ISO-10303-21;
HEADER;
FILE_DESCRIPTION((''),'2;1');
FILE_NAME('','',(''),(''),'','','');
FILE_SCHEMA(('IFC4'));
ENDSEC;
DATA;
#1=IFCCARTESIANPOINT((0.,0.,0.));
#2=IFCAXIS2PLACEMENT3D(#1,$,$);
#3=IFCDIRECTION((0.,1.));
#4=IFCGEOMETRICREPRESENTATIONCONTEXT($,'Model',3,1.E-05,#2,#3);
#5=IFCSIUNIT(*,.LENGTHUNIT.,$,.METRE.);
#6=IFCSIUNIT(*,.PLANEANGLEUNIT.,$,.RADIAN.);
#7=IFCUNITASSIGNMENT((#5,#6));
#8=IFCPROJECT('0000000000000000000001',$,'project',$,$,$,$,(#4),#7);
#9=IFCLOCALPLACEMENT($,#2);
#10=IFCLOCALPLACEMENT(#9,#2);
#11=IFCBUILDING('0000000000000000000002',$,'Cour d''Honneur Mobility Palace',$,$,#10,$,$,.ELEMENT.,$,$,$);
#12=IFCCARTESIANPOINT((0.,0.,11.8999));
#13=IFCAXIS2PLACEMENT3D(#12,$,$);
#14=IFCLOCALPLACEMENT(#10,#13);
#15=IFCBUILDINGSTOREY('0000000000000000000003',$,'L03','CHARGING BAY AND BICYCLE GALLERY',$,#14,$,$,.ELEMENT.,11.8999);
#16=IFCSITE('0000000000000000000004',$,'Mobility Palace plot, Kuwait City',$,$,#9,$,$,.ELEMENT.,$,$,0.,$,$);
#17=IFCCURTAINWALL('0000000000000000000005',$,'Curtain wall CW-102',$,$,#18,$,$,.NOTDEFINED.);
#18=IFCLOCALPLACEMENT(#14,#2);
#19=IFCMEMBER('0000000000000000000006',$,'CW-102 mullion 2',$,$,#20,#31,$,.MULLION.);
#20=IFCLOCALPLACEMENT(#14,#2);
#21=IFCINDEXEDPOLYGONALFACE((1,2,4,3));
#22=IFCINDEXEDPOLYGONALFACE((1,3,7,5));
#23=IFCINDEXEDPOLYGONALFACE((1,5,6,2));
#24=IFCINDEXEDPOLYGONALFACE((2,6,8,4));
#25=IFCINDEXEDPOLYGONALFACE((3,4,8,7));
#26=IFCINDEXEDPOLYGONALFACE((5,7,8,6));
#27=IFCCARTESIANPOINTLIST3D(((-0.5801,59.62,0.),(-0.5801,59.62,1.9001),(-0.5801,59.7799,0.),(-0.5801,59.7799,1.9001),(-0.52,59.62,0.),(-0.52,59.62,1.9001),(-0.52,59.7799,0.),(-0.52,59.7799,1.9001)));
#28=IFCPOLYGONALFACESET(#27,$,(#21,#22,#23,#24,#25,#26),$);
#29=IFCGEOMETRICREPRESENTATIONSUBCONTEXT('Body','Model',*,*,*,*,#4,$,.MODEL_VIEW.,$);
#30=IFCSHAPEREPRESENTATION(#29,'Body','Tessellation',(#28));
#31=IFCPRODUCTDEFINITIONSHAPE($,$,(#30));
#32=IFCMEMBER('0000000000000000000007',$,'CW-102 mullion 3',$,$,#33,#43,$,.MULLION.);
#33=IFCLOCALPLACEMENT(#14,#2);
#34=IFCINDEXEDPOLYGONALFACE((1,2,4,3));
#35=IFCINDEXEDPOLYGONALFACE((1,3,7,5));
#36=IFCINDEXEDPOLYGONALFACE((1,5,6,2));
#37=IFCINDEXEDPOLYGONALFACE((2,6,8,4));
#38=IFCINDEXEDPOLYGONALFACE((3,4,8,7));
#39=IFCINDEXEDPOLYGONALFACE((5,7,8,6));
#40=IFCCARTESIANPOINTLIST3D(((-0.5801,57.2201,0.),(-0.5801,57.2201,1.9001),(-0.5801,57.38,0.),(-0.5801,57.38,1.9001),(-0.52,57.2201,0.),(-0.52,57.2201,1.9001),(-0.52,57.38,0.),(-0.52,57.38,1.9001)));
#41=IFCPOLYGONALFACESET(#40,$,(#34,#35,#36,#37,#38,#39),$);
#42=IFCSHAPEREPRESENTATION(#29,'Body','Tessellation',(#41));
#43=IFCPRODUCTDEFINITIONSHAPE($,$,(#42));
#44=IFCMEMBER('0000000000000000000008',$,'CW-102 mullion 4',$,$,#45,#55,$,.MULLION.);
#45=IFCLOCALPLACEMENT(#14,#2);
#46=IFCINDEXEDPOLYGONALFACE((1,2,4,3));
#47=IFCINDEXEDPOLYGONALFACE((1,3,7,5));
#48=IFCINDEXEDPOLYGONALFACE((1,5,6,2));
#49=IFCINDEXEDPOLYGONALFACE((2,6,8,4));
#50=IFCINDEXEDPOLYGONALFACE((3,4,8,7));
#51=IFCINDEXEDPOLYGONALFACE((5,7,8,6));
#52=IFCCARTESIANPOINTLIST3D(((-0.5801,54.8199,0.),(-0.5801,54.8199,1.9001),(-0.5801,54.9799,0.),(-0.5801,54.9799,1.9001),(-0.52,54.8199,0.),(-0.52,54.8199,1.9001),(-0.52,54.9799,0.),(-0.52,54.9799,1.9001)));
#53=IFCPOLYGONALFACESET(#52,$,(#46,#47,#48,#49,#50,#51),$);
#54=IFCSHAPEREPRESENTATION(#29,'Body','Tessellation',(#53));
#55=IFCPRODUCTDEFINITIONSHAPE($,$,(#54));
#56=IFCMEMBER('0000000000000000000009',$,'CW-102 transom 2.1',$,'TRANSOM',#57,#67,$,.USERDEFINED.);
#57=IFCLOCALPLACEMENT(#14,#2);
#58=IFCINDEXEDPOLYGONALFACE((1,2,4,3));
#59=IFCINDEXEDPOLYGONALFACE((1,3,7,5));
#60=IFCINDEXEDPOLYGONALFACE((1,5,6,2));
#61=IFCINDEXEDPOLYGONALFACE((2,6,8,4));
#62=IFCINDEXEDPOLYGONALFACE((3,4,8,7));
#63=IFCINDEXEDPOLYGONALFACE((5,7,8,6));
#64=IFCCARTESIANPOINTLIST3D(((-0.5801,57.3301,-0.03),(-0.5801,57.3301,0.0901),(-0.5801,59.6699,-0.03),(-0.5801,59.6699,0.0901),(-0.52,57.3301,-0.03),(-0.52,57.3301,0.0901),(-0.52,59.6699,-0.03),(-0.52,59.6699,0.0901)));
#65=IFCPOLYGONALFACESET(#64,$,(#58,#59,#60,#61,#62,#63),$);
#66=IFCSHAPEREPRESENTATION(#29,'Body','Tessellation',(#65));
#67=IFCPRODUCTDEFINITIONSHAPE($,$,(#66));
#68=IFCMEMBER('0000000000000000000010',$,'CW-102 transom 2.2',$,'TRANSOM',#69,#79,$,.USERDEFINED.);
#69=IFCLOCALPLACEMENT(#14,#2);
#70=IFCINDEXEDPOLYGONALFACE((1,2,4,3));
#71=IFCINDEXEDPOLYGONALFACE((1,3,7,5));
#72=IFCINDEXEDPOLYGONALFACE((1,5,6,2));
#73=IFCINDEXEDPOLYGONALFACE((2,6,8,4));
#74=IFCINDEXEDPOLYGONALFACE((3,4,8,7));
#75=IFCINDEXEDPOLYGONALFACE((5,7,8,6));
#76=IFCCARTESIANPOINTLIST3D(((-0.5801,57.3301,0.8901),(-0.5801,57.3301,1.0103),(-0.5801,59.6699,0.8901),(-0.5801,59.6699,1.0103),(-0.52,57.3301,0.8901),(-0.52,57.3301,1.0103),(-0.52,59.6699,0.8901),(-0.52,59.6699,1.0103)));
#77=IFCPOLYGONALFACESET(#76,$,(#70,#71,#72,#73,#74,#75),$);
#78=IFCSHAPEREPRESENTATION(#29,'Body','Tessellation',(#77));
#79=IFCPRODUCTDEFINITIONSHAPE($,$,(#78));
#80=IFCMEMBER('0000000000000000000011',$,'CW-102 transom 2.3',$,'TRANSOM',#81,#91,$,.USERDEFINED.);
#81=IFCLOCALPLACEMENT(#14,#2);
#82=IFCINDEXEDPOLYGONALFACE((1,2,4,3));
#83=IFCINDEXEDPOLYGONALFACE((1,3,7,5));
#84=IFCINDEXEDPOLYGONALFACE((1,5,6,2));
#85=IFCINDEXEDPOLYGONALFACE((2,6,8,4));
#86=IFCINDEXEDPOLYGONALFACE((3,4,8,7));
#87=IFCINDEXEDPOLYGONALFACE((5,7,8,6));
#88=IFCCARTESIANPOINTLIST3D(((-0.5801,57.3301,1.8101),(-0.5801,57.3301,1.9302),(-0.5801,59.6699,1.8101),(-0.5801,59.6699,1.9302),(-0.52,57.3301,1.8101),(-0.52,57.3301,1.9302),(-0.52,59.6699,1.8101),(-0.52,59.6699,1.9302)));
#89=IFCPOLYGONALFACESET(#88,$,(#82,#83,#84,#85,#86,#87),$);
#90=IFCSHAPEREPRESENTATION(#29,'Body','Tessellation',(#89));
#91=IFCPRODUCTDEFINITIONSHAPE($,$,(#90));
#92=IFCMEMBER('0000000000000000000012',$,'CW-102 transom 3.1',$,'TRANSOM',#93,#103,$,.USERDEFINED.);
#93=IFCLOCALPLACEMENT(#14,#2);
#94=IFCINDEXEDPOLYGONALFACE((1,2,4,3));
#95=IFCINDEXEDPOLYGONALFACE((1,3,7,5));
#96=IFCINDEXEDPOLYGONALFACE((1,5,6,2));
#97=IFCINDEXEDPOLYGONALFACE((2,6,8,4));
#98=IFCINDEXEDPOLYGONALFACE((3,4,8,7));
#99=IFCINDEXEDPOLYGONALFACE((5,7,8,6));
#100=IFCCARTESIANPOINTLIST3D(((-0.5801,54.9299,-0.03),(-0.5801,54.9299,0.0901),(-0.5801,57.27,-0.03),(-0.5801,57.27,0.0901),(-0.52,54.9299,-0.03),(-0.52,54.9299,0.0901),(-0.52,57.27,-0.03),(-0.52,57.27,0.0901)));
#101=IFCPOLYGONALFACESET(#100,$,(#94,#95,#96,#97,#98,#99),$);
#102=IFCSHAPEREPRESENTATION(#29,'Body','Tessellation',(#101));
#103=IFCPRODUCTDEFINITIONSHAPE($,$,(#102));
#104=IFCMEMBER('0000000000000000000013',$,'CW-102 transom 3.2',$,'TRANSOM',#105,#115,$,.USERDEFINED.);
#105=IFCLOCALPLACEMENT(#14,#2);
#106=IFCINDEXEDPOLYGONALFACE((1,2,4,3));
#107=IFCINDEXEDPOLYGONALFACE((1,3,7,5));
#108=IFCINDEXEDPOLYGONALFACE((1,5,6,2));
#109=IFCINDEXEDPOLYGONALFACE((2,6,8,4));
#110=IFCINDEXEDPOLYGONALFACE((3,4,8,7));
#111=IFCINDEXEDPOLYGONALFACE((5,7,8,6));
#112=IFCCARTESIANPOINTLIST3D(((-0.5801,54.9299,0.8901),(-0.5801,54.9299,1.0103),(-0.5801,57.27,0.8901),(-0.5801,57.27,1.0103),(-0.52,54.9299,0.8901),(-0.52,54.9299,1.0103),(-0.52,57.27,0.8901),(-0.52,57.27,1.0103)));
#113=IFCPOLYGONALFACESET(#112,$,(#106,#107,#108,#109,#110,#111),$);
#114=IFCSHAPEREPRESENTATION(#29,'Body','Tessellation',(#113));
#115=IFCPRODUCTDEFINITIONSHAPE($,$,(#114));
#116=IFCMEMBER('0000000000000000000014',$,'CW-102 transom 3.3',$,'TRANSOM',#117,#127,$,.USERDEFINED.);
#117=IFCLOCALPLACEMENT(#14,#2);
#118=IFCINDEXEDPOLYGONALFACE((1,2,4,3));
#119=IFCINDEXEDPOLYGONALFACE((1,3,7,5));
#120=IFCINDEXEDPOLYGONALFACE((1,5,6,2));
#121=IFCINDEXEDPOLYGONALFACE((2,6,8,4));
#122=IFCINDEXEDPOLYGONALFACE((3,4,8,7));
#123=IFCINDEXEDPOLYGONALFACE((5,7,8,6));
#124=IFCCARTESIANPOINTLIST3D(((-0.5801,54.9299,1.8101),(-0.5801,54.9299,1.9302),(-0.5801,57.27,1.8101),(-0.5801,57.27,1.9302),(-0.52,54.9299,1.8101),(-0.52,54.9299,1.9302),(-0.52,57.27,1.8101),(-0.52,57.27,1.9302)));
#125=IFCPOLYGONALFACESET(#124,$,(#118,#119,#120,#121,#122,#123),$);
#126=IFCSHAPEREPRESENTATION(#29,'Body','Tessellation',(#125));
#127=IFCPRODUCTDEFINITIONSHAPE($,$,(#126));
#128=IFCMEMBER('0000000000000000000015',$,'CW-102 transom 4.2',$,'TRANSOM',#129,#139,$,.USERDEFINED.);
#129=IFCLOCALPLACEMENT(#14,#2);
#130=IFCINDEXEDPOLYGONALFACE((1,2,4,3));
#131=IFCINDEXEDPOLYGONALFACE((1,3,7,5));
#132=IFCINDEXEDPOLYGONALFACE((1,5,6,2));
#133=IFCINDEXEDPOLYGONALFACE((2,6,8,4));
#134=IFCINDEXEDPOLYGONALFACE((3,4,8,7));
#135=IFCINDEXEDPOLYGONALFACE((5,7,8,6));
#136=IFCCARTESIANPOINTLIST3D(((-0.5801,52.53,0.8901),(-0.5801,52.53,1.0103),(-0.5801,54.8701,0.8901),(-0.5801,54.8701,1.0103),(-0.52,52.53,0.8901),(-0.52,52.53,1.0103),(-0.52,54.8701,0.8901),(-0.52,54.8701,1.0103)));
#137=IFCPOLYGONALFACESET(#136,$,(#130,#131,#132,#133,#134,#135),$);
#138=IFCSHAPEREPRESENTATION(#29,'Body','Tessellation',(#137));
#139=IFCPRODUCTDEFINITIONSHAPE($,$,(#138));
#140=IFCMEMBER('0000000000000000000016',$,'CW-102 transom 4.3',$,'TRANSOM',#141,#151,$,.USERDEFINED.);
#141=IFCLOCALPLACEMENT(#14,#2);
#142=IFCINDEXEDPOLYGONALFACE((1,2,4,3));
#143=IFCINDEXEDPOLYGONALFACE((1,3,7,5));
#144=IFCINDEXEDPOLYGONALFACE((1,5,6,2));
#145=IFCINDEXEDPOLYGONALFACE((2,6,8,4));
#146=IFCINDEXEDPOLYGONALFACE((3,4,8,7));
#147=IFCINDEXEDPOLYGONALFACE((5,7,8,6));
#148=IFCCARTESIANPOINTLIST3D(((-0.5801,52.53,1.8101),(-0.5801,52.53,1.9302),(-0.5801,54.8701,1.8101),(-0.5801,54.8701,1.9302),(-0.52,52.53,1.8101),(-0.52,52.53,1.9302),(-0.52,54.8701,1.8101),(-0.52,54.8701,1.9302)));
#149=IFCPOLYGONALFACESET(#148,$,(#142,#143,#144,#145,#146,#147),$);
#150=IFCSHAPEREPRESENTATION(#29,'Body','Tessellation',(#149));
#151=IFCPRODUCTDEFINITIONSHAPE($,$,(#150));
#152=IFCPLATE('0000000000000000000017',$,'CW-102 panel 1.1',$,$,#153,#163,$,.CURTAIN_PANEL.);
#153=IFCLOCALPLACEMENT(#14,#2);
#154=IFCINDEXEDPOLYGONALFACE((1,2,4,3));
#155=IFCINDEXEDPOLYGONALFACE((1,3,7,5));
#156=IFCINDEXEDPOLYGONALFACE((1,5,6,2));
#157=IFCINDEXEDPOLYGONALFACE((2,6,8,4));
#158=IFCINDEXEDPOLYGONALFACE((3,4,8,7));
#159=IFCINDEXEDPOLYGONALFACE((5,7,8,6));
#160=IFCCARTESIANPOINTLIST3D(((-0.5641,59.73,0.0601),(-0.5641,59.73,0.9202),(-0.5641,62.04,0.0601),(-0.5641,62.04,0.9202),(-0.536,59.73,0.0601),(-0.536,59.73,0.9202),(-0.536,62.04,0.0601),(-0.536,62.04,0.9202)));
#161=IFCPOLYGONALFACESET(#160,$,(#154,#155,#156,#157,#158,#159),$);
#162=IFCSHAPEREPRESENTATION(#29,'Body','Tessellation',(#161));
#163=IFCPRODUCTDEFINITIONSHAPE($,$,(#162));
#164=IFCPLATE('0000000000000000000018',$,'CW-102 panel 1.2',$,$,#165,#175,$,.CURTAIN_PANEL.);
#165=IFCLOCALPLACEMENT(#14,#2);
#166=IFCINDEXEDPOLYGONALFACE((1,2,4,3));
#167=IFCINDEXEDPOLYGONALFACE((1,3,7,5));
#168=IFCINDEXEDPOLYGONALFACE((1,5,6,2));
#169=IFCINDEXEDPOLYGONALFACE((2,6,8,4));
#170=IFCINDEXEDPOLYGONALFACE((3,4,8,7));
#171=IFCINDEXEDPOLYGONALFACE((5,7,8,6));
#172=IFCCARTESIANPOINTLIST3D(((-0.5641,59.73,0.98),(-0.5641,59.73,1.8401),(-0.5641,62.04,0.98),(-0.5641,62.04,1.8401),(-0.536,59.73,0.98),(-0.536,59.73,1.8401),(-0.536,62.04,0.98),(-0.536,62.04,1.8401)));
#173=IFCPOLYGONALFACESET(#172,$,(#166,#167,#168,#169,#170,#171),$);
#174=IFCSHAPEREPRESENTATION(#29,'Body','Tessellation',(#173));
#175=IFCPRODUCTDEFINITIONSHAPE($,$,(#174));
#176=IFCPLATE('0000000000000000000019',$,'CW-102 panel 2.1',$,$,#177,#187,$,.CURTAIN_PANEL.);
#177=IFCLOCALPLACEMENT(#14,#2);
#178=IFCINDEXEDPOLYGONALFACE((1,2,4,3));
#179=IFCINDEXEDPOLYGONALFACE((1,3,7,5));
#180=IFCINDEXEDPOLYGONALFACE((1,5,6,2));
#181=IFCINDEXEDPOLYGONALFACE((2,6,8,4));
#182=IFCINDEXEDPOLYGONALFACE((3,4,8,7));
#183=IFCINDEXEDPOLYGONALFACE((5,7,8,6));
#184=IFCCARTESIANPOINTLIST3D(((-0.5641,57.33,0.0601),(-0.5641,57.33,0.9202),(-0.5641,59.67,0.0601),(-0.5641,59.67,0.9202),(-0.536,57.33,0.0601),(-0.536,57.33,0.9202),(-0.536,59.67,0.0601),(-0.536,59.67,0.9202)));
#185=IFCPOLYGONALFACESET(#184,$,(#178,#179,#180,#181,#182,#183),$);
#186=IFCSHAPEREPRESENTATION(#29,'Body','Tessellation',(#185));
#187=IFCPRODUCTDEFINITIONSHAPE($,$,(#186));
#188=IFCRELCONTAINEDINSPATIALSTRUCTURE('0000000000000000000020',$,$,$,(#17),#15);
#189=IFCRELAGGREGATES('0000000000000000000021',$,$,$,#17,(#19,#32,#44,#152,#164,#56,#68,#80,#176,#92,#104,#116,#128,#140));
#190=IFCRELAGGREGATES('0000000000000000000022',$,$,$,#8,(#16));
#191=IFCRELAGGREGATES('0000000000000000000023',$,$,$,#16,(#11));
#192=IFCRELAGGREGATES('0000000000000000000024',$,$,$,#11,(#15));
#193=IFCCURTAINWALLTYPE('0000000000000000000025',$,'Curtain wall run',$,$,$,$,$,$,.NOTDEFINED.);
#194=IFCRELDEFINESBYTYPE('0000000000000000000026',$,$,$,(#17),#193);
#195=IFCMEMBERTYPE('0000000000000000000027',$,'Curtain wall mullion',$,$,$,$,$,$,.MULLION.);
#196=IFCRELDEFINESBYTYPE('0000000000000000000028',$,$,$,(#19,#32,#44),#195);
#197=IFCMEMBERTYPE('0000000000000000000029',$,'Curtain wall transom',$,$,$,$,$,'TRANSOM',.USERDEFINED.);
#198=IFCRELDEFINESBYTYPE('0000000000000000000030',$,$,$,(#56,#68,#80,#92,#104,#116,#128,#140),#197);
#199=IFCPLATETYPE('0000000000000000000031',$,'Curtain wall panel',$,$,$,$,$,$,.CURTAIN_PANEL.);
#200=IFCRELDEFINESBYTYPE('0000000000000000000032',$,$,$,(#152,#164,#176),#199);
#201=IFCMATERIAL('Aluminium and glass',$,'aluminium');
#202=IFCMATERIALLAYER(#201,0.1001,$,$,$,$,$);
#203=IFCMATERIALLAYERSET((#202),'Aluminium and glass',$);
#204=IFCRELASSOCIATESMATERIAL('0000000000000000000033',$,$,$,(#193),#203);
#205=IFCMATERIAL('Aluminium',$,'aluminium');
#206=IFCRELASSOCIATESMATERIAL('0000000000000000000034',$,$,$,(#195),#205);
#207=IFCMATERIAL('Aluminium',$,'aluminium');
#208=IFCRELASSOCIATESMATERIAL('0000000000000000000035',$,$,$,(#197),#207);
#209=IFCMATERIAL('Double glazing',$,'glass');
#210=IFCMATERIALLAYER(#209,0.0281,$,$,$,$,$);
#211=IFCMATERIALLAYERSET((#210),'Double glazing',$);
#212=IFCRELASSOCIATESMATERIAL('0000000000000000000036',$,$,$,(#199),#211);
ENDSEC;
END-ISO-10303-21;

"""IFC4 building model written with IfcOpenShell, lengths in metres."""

from ifc_helpers import new_model, si_unit, direction, frame, origin, origin_2d, place, context, subcontext, project, spatial, rectangle, extrude, material, layer, layer_set, material_profile, profile_set, type_object, element, aggregate, save


model = new_model("IFC4")

# Units and contexts
model_context = context("Model", 3, precision=1e-05, world=origin(), true_north=direction((0.0, 1.0)))
body_context = subcontext(model_context, "Body", "Model", "MODEL_VIEW")
ifc_project = project(units=[si_unit("LENGTHUNIT", "METRE"), si_unit("PLANEANGLEUNIT", "RADIAN")], contexts=[model_context])

# Site, building, storey
site_placement = place(None, origin())
site = spatial("IfcSite", under=ifc_project, at=site_placement, Name="Mobility Palace plot, Kuwait City", CompositionType="ELEMENT", RefElevation=0.0)
building_placement = place(site_placement, origin())
building = spatial("IfcBuilding", under=site, at=building_placement, Name="Cour d'Honneur Mobility Palace", CompositionType="ELEMENT")
storey_placement = place(building_placement, frame((0.0, 0.0, 11.8999)))
storey = spatial("IfcBuildingStorey", under=building, at=storey_placement, Name="L03", Description="CHARGING BAY AND BICYCLE GALLERY", CompositionType="ELEMENT", Elevation=11.8999)

# Curtain wall, members, plates
ifc_material_1 = material(Name="Aluminium and glass", Category="aluminium")
ifc_layer_1 = layer(ifc_material_1, 0.1001)
ifc_layer_set_1 = layer_set([ifc_layer_1], Name="Aluminium and glass")
curtain_wall_type = type_object("IfcCurtainWallType", Name="Curtain wall run", PredefinedType="NOTDEFINED", material=ifc_layer_set_1)
curtain_wall_placement = place(storey_placement, origin())
curtain_wall = element("IfcCurtainWall", 1, at=curtain_wall_placement, inside=storey, type_object=curtain_wall_type, Name="Curtain wall CW-102", PredefinedType="NOTDEFINED")
ifc_material_2 = material(Name="Aluminium", Category="aluminium")
ifc_material_profile_1 = material_profile(ifc_material_2, rectangle(XDim=0.0601, YDim=0.1599, at=origin_2d()), Name="Curtain wall mullion")
ifc_profile_set_1 = profile_set([ifc_material_profile_1], Name="Aluminium")
member_type_1 = type_object("IfcMemberType", Name="Curtain wall mullion", PredefinedType="MULLION", material=ifc_profile_set_1)
member_1_placement = place(storey_placement, frame((-0.55, 59.7, 0.0), z_axis=(0.0, 0.0, 1.0), x_axis=(1.0, 0.0, 0.0)))
member_1 = element("IfcMember", 2, at=member_1_placement, type_object=member_type_1, Name="CW-102 mullion 2", PredefinedType="MULLION", context=body_context, shape_type="SweptSolid", body=[
    extrude(rectangle(XDim=0.0601, YDim=0.1599, at=origin_2d()), origin(), (0.0, 0.0, 1.0), 1.9001),
])
member_2_placement = place(storey_placement, frame((-0.55, 57.3, 0.0), z_axis=(0.0, 0.0, 1.0), x_axis=(1.0, 0.0, 0.0)))
member_2 = element("IfcMember", 3, at=member_2_placement, type_object=member_type_1, Name="CW-102 mullion 3", PredefinedType="MULLION", context=body_context, shape_type="SweptSolid", body=[
    extrude(rectangle(XDim=0.0601, YDim=0.1599, at=origin_2d()), origin(), (0.0, 0.0, 1.0), 1.9001),
])
member_3_placement = place(storey_placement, frame((-0.55, 54.8999, 0.0), z_axis=(0.0, 0.0, 1.0), x_axis=(1.0, 0.0, 0.0)))
member_3 = element("IfcMember", 4, at=member_3_placement, type_object=member_type_1, Name="CW-102 mullion 4", PredefinedType="MULLION", context=body_context, shape_type="SweptSolid", body=[
    extrude(rectangle(XDim=0.0601, YDim=0.1599, at=origin_2d()), origin(), (0.0, 0.0, 1.0), 1.9001),
])
ifc_material_3 = material(Name="Aluminium", Category="aluminium")
ifc_material_profile_2 = material_profile(ifc_material_3, rectangle(XDim=0.0601, YDim=0.1201, at=origin_2d()), Name="Curtain wall transom")
ifc_profile_set_2 = profile_set([ifc_material_profile_2], Name="Aluminium")
member_type_2 = type_object("IfcMemberType", Name="Curtain wall transom", ElementType="TRANSOM", PredefinedType="USERDEFINED", material=ifc_profile_set_2)
member_4_placement = place(storey_placement, frame((-0.55, 59.6699, 0.03), z_axis=(0.0, -1.0, 0.0), x_axis=(1.0, 0.0, 0.0)))
member_4 = element("IfcMember", 5, at=member_4_placement, type_object=member_type_2, Name="CW-102 transom 2.1", ObjectType="TRANSOM", PredefinedType="USERDEFINED", context=body_context, shape_type="SweptSolid", body=[
    extrude(rectangle(XDim=0.0601, YDim=0.1201, at=origin_2d()), origin(), (0.0, 0.0, 1.0), 2.3398),
])
member_5_placement = place(storey_placement, frame((-0.55, 59.6699, 0.9502), z_axis=(0.0, -1.0, 0.0), x_axis=(1.0, 0.0, 0.0)))
member_5 = element("IfcMember", 6, at=member_5_placement, type_object=member_type_2, Name="CW-102 transom 2.2", ObjectType="TRANSOM", PredefinedType="USERDEFINED", context=body_context, shape_type="SweptSolid", body=[
    extrude(rectangle(XDim=0.0601, YDim=0.1201, at=origin_2d()), origin(), (0.0, 0.0, 1.0), 2.3398),
])
member_6_placement = place(storey_placement, frame((-0.55, 59.6699, 1.8701), z_axis=(0.0, -1.0, 0.0), x_axis=(1.0, 0.0, 0.0)))
member_6 = element("IfcMember", 7, at=member_6_placement, type_object=member_type_2, Name="CW-102 transom 2.3", ObjectType="TRANSOM", PredefinedType="USERDEFINED", context=body_context, shape_type="SweptSolid", body=[
    extrude(rectangle(XDim=0.0601, YDim=0.1201, at=origin_2d()), origin(), (0.0, 0.0, 1.0), 2.3398),
])
member_7_placement = place(storey_placement, frame((-0.55, 57.27, 0.03), z_axis=(0.0, -1.0, 0.0), x_axis=(1.0, 0.0, 0.0)))
member_7 = element("IfcMember", 8, at=member_7_placement, type_object=member_type_2, Name="CW-102 transom 3.1", ObjectType="TRANSOM", PredefinedType="USERDEFINED", context=body_context, shape_type="SweptSolid", body=[
    extrude(rectangle(XDim=0.0601, YDim=0.1201, at=origin_2d()), origin(), (0.0, 0.0, 1.0), 2.3401),
])
member_8_placement = place(storey_placement, frame((-0.55, 57.27, 0.9502), z_axis=(0.0, -1.0, 0.0), x_axis=(1.0, 0.0, 0.0)))
member_8 = element("IfcMember", 9, at=member_8_placement, type_object=member_type_2, Name="CW-102 transom 3.2", ObjectType="TRANSOM", PredefinedType="USERDEFINED", context=body_context, shape_type="SweptSolid", body=[
    extrude(rectangle(XDim=0.0601, YDim=0.1201, at=origin_2d()), origin(), (0.0, 0.0, 1.0), 2.3401),
])
member_9_placement = place(storey_placement, frame((-0.55, 57.27, 1.8701), z_axis=(0.0, -1.0, 0.0), x_axis=(1.0, 0.0, 0.0)))
member_9 = element("IfcMember", 10, at=member_9_placement, type_object=member_type_2, Name="CW-102 transom 3.3", ObjectType="TRANSOM", PredefinedType="USERDEFINED", context=body_context, shape_type="SweptSolid", body=[
    extrude(rectangle(XDim=0.0601, YDim=0.1201, at=origin_2d()), origin(), (0.0, 0.0, 1.0), 2.3401),
])
member_10_placement = place(storey_placement, frame((-0.55, 54.8701, 0.9502), z_axis=(0.0, -1.0, 0.0), x_axis=(1.0, 0.0, 0.0)))
member_10 = element("IfcMember", 11, at=member_10_placement, type_object=member_type_2, Name="CW-102 transom 4.2", ObjectType="TRANSOM", PredefinedType="USERDEFINED", context=body_context, shape_type="SweptSolid", body=[
    extrude(rectangle(XDim=0.0601, YDim=0.1201, at=origin_2d()), origin(), (0.0, 0.0, 1.0), 2.3401),
])
member_11_placement = place(storey_placement, frame((-0.55, 54.8701, 1.8701), z_axis=(0.0, -1.0, 0.0), x_axis=(1.0, 0.0, 0.0)))
member_11 = element("IfcMember", 12, at=member_11_placement, type_object=member_type_2, Name="CW-102 transom 4.3", ObjectType="TRANSOM", PredefinedType="USERDEFINED", context=body_context, shape_type="SweptSolid", body=[
    extrude(rectangle(XDim=0.0601, YDim=0.1201, at=origin_2d()), origin(), (0.0, 0.0, 1.0), 2.3401),
])
ifc_material_4 = material(Name="Double glazing", Category="glass")
ifc_layer_2 = layer(ifc_material_4, 0.0281)
ifc_layer_set_2 = layer_set([ifc_layer_2], Name="Double glazing")
plate_type = type_object("IfcPlateType", Name="Curtain wall panel", PredefinedType="CURTAIN_PANEL", material=ifc_layer_set_2)
plate_1_placement = place(storey_placement, frame((-0.55, 60.885, 0.0601), z_axis=(0.0, 0.0, 1.0), x_axis=(0.0, -1.0, 0.0)))
plate_1 = element("IfcPlate", 13, at=plate_1_placement, type_object=plate_type, Name="CW-102 panel 1.1", PredefinedType="CURTAIN_PANEL", context=body_context, shape_type="SweptSolid", body=[
    extrude(rectangle(XDim=2.3101, YDim=0.0281, at=origin_2d()), origin(), (0.0, 0.0, 1.0), 0.8601),
])
plate_2_placement = place(storey_placement, frame((-0.55, 60.885, 0.98), z_axis=(0.0, 0.0, 1.0), x_axis=(0.0, -1.0, 0.0)))
plate_2 = element("IfcPlate", 14, at=plate_2_placement, type_object=plate_type, Name="CW-102 panel 1.2", PredefinedType="CURTAIN_PANEL", context=body_context, shape_type="SweptSolid", body=[
    extrude(rectangle(XDim=2.3101, YDim=0.0281, at=origin_2d()), origin(), (0.0, 0.0, 1.0), 0.8601),
])
plate_3_placement = place(storey_placement, frame((-0.55, 58.5, 0.0601), z_axis=(0.0, 0.0, 1.0), x_axis=(0.0, -1.0, 0.0)))
plate_3 = element("IfcPlate", 15, at=plate_3_placement, type_object=plate_type, Name="CW-102 panel 2.1", PredefinedType="CURTAIN_PANEL", context=body_context, shape_type="SweptSolid", body=[
    extrude(rectangle(XDim=2.3401, YDim=0.0281, at=origin_2d()), origin(), (0.0, 0.0, 1.0), 0.8601),
])
aggregate(curtain_wall, [member_1, member_2, member_3, plate_1, plate_2, member_4, member_5, member_6, plate_3, member_7, member_8, member_9, member_10, member_11])

save(model, "model.ifc")
